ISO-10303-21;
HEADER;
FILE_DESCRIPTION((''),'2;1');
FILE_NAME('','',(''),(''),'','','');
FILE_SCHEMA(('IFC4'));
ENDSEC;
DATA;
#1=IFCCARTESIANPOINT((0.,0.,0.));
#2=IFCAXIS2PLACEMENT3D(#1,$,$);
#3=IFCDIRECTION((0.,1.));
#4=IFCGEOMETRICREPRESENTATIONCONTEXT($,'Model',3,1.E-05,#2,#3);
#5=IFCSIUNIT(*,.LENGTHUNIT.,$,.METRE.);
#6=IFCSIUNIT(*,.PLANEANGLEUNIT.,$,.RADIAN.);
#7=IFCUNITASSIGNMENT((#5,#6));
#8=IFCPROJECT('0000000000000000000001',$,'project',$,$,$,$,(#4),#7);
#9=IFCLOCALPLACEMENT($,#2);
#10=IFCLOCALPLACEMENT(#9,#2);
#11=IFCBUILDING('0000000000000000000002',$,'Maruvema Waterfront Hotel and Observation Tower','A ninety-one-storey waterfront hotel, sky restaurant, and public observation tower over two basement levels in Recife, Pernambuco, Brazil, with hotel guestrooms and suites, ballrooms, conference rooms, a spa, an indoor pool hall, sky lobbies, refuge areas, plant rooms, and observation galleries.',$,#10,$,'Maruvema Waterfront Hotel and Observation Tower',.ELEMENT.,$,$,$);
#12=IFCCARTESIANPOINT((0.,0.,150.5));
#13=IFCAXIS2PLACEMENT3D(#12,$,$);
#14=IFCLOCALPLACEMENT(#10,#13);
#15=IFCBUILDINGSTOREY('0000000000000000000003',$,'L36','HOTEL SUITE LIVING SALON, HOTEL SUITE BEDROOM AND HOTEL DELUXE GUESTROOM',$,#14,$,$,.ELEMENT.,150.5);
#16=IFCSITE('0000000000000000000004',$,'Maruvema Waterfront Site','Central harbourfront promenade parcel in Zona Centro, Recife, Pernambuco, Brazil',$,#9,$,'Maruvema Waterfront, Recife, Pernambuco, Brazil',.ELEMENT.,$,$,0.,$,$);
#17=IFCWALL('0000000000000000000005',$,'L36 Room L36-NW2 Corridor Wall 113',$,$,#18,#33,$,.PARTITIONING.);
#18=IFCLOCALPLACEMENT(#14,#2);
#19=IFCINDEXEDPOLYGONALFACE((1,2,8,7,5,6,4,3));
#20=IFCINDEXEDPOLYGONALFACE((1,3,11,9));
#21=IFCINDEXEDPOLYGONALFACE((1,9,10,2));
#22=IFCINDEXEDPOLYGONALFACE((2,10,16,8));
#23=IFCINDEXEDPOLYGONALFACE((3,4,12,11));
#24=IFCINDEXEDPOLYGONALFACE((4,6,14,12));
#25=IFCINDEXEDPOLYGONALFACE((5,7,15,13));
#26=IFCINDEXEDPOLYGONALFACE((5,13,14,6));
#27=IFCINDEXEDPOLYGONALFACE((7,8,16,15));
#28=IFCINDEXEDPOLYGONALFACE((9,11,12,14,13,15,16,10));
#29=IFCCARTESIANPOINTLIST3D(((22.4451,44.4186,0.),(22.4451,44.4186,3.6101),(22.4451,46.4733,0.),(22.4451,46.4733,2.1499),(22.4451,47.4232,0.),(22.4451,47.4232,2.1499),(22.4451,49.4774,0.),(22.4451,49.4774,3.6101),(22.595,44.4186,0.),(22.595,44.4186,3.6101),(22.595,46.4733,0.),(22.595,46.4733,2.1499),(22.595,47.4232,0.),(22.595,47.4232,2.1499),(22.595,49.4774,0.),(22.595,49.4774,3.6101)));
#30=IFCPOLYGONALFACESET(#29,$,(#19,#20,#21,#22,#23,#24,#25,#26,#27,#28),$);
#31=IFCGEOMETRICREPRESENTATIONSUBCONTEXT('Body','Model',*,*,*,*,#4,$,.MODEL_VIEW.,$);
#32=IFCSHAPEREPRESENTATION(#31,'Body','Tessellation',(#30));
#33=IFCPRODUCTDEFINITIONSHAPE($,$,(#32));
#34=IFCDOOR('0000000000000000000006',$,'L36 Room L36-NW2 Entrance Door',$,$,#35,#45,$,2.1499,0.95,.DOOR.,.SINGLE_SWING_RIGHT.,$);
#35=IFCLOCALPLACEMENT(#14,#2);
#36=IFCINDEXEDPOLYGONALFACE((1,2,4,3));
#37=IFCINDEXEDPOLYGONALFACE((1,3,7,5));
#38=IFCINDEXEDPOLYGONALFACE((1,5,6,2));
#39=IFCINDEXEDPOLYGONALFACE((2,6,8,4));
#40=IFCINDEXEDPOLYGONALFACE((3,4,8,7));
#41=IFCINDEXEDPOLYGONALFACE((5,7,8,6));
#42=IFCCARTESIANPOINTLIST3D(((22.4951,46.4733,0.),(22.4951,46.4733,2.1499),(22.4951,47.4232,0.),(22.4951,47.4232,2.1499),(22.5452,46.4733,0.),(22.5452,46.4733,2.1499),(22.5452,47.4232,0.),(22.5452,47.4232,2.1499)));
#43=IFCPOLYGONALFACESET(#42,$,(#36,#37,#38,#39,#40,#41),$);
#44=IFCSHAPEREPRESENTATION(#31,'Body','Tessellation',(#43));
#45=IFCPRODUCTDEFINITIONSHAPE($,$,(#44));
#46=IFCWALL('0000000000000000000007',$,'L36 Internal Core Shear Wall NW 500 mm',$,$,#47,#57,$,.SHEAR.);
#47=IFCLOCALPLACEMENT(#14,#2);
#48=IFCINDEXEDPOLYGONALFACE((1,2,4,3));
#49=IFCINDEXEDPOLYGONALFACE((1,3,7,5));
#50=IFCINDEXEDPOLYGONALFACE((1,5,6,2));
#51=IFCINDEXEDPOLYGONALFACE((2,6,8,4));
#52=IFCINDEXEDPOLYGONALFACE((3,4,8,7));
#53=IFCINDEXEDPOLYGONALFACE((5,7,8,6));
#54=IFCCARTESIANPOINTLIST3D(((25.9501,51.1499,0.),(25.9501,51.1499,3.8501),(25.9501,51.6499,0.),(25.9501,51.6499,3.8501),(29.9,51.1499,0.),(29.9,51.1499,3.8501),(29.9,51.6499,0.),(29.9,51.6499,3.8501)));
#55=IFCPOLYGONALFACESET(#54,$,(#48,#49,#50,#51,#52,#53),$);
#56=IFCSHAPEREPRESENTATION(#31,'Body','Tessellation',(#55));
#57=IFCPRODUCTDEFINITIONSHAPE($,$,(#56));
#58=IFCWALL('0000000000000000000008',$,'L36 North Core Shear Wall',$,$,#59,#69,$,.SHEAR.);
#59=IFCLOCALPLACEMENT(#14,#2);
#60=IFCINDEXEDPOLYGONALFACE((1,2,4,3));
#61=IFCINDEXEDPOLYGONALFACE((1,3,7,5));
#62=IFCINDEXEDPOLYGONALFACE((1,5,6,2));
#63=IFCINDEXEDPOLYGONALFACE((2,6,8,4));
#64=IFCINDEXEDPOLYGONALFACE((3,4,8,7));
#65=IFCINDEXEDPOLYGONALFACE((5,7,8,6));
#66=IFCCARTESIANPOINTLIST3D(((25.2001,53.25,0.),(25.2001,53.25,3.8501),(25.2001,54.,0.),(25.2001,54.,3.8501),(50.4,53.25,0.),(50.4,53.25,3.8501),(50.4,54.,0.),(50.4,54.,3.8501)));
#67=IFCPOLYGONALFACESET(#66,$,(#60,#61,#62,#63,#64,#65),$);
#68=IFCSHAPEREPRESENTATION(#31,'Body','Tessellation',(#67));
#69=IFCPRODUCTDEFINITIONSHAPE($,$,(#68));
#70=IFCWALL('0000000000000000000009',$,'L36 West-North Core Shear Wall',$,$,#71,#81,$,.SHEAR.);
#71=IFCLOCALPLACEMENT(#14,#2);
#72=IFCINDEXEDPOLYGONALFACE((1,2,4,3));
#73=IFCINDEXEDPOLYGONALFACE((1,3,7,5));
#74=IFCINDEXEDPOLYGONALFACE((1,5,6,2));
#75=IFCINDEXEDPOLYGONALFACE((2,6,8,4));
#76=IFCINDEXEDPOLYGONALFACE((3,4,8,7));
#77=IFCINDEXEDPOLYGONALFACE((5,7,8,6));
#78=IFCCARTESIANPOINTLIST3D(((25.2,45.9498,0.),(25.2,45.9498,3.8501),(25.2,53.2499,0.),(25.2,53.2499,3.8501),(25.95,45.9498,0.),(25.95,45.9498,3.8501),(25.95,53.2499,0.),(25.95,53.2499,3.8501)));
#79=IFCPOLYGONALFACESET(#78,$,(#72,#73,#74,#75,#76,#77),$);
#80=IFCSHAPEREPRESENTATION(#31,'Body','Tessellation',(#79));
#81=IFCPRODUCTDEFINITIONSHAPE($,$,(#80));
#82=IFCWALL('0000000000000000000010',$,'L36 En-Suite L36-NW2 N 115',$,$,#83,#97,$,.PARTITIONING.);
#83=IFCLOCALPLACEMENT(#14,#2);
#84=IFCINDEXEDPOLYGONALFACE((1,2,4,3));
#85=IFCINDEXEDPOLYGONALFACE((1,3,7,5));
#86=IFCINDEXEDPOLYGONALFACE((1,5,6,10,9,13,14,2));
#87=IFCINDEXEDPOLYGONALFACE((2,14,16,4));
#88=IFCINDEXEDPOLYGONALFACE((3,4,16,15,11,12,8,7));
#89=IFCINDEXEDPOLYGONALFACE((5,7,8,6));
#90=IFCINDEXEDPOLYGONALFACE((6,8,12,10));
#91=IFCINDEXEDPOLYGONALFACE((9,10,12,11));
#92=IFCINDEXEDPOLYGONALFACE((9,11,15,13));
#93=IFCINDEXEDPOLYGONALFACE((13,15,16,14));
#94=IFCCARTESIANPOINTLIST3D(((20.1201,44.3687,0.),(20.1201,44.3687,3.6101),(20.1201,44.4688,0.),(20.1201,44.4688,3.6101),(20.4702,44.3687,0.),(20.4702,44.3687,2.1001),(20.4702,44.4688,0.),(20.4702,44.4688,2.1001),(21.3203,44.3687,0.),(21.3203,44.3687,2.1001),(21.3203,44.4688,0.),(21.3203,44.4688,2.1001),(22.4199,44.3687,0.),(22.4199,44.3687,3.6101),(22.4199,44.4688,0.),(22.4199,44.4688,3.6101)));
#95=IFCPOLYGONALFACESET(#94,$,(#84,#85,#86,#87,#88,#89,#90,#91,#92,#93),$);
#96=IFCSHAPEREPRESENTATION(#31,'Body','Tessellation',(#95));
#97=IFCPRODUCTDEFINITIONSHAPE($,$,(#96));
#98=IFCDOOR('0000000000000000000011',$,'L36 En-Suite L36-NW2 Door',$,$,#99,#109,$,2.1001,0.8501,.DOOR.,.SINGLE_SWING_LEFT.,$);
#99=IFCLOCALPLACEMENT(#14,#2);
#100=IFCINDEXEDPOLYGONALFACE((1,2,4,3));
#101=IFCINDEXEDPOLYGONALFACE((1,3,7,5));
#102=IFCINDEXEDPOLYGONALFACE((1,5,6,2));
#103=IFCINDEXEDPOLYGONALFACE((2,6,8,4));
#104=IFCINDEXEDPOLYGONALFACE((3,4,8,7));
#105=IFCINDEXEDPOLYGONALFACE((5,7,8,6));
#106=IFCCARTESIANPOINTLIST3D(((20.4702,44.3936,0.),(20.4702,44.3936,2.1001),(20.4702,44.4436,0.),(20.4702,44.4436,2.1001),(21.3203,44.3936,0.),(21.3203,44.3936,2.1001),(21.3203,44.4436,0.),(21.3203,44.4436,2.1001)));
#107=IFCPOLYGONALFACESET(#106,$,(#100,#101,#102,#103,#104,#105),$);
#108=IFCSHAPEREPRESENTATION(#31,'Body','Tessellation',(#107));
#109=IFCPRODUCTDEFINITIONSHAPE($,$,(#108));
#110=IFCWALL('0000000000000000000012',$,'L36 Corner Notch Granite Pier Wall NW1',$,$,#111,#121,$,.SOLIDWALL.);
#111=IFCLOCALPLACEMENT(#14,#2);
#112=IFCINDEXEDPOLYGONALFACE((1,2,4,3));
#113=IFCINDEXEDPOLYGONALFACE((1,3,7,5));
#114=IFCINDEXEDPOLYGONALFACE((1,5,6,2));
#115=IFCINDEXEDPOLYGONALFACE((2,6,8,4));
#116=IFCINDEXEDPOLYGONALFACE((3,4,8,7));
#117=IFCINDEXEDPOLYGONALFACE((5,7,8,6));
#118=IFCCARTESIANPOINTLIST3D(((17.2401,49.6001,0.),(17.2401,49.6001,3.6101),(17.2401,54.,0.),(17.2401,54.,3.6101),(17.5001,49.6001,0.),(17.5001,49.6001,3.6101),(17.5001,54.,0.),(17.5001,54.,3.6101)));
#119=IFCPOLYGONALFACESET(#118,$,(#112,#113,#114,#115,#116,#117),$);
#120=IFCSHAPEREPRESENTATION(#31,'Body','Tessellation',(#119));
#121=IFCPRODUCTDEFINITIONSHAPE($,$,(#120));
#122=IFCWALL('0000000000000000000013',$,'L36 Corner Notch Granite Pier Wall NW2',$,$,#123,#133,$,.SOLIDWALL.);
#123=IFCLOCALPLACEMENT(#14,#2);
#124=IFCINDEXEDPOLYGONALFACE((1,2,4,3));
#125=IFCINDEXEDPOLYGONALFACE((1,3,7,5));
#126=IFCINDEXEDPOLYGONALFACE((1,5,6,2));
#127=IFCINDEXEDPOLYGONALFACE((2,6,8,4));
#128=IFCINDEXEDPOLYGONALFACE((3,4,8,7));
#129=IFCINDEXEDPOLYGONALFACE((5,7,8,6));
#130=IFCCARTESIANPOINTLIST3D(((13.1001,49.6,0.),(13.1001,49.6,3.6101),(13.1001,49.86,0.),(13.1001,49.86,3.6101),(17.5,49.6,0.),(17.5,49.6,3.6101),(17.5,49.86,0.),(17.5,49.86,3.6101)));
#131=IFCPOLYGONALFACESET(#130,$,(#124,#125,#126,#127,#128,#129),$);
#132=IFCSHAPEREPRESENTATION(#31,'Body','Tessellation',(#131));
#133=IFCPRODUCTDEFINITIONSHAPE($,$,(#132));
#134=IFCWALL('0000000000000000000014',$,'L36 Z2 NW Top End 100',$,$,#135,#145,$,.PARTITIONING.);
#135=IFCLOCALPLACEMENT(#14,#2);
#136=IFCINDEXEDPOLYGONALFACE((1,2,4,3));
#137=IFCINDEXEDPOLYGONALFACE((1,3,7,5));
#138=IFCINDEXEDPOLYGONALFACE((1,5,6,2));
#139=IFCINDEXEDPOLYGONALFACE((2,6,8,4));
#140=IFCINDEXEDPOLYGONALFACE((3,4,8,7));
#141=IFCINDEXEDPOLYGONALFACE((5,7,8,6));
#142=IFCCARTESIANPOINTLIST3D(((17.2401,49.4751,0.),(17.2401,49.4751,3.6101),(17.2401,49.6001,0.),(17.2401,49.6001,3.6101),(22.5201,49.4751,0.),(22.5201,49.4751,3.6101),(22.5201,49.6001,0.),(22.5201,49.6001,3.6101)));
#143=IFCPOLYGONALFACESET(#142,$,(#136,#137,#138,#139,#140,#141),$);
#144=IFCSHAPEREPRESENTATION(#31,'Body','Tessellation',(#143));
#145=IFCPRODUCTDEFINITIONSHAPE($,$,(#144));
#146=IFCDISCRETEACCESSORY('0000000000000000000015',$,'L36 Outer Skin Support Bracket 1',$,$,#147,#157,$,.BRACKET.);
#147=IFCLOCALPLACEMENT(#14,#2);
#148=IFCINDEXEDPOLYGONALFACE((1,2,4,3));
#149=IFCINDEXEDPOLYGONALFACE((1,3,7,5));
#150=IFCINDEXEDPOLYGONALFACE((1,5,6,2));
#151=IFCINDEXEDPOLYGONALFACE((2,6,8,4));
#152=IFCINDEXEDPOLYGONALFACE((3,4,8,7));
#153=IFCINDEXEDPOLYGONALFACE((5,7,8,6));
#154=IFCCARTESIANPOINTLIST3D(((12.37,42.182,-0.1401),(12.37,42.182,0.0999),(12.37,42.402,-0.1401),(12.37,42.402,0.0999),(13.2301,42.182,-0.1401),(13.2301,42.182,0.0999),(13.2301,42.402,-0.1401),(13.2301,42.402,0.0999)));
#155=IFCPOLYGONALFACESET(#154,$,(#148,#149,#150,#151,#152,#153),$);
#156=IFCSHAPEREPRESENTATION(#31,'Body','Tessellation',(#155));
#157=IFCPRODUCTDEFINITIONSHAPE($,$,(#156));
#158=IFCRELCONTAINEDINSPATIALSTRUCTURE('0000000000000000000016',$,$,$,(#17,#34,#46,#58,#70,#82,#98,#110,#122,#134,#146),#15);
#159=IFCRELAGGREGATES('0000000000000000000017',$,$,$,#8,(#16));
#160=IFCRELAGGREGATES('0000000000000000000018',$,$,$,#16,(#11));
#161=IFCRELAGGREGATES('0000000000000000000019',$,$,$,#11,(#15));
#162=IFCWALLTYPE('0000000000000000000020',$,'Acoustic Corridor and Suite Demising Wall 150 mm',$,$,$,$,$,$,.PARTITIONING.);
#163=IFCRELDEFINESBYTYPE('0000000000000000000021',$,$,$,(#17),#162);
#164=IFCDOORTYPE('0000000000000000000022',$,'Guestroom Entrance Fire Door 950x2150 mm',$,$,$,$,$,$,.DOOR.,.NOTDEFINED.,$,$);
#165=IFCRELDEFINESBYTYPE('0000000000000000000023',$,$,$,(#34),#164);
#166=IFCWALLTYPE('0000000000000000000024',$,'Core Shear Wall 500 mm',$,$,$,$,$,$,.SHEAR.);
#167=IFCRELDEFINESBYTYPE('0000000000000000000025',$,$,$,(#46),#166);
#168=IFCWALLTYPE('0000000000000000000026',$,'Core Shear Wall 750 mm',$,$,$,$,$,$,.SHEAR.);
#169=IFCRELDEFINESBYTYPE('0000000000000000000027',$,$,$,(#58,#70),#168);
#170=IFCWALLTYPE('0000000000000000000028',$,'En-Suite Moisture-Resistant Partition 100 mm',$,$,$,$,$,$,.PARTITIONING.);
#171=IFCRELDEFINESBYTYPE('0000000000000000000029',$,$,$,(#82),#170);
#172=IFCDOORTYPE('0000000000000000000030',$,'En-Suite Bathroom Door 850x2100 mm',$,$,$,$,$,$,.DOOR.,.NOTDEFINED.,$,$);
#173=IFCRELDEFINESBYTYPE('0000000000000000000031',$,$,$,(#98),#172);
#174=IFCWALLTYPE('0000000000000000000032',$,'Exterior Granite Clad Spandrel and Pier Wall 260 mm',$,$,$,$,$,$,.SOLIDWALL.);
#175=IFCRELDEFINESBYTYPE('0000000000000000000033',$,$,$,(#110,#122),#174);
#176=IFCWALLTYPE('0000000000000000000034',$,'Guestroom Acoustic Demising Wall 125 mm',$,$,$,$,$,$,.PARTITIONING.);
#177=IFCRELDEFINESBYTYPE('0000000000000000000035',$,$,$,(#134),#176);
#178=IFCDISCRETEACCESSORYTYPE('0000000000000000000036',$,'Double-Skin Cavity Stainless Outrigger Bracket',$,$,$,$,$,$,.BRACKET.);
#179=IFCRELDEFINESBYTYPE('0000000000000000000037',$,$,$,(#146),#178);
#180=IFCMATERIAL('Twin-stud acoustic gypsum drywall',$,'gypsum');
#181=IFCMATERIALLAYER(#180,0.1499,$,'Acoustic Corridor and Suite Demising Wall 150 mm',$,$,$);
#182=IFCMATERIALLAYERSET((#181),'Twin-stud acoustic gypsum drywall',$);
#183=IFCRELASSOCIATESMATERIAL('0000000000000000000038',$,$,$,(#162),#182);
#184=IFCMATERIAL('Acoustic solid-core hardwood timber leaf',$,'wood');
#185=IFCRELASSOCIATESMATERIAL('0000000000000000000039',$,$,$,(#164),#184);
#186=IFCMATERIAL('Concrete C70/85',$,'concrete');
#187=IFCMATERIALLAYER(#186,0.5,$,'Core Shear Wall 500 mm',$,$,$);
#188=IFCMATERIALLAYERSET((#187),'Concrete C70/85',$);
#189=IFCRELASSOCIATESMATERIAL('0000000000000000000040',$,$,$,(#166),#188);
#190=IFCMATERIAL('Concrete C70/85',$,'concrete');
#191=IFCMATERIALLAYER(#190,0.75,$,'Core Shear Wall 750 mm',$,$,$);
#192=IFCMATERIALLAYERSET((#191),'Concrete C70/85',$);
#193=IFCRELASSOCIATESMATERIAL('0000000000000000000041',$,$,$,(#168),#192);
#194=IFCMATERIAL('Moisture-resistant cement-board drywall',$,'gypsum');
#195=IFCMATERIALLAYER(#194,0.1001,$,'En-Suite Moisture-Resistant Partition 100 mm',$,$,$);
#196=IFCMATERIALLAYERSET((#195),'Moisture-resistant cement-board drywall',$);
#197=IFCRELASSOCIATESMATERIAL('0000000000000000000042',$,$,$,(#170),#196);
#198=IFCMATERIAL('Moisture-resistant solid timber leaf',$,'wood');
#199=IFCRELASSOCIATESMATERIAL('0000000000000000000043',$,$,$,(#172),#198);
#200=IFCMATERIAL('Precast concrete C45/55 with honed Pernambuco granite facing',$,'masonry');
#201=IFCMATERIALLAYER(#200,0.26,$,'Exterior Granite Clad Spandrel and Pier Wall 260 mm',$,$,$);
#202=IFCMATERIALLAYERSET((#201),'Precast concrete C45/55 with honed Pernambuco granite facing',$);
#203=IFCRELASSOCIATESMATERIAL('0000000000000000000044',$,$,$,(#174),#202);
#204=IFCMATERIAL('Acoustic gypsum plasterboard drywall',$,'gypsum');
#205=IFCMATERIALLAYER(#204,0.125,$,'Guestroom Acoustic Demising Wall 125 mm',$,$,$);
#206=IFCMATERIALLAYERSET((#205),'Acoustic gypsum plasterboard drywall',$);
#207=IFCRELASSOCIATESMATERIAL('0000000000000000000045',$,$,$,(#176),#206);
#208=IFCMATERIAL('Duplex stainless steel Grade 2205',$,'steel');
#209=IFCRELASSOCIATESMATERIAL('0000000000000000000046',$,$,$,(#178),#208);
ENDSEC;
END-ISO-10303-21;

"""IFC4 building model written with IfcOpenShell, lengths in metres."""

from ifc_helpers import new_model, si_unit, direction, frame, frame_2d, origin, origin_2d, place, context, subcontext, project, spatial, rectangle, extrude, material, layer, layer_set, type_object, element, fill, save


model = new_model("IFC4")

# Units and contexts
model_context = context("Model", 3, precision=1e-05, world=origin(), true_north=direction((0.0, 1.0)))
body_context = subcontext(model_context, "Body", "Model", "MODEL_VIEW")
ifc_project = project(units=[si_unit("LENGTHUNIT", "METRE"), si_unit("PLANEANGLEUNIT", "RADIAN")], contexts=[model_context])

# Site, building, storey
site_placement = place(None, origin())
site = spatial("IfcSite", under=ifc_project, at=site_placement, Name="Maruvema Waterfront Site", Description="Central harbourfront promenade parcel in Zona Centro, Recife, Pernambuco, Brazil", LongName="Maruvema Waterfront, Recife, Pernambuco, Brazil", CompositionType="ELEMENT", RefElevation=0.0)
building_placement = place(site_placement, origin())
building = spatial("IfcBuilding", under=site, at=building_placement, Name="Maruvema Waterfront Hotel and Observation Tower", Description="A ninety-one-storey waterfront hotel, sky restaurant, and public observation tower over two basement levels in Recife, Pernambuco, Brazil, with hotel guestrooms and suites, ballrooms, conference rooms, a spa, an indoor pool hall, sky lobbies, refuge areas, plant rooms, and observation galleries.", LongName="Maruvema Waterfront Hotel and Observation Tower", CompositionType="ELEMENT")
storey_placement = place(building_placement, frame((0.0, 0.0, 150.5)))
storey = spatial("IfcBuildingStorey", under=building, at=storey_placement, Name="L36", Description="HOTEL SUITE LIVING SALON, HOTEL SUITE BEDROOM AND HOTEL DELUXE GUESTROOM", CompositionType="ELEMENT", Elevation=150.5)

# Wall, opening, door
ifc_material_1 = material(Name="Twin-stud acoustic gypsum drywall", Category="gypsum")
ifc_layer_1 = layer(ifc_material_1, 0.1499, Name="Acoustic Corridor and Suite Demising Wall 150 mm")
ifc_layer_set_1 = layer_set([ifc_layer_1], Name="Twin-stud acoustic gypsum drywall")
wall_type_1 = type_object("IfcWallType", Name="Acoustic Corridor and Suite Demising Wall 150 mm", PredefinedType="PARTITIONING", material=ifc_layer_set_1)
wall_1_placement = place(storey_placement, frame((22.52, 44.4187, 0.0), z_axis=(0.0, 0.0, 1.0), x_axis=(0.0, 1.0, 0.0)))
wall_1 = element("IfcWall", 1, at=wall_1_placement, inside=storey, type_object=wall_type_1, Name="L36 Room L36-NW2 Corridor Wall 113", PredefinedType="PARTITIONING", context=body_context, shape_type="SweptSolid", body=[
    extrude(rectangle(XDim=5.0588, YDim=0.1499, at=frame_2d((2.5293, 0.0))), origin(), (0.0, 0.0, 1.0), 3.6101),
])
opening_1_placement = place(wall_1_placement, frame((2.0544, 0.0, 0.0)))
opening_1 = element("IfcOpeningElement", 2, at=opening_1_placement, cuts=wall_1, PredefinedType="OPENING", context=body_context, shape_type="SweptSolid", body=[
    extrude(rectangle(XDim=0.95, YDim=2.1499, at=frame_2d((0.4751, 1.075))), frame((0.0, 0.085, 0.0), z_axis=(0.0, -1.0, 0.0), x_axis=(1.0, 0.0, 0.0)), (0.0, 0.0, 1.0), 0.1699),
])
ifc_material_2 = material(Name="Acoustic solid-core hardwood timber leaf", Category="wood")
door_type_1 = type_object("IfcDoorType", Name="Guestroom Entrance Fire Door 950x2150 mm", OperationType="NOTDEFINED", PredefinedType="DOOR", material=ifc_material_2)
door_1_placement = place(opening_1_placement, origin())
door_1 = element("IfcDoor", 3, at=door_1_placement, inside=storey, type_object=door_type_1, Name="L36 Room L36-NW2 Entrance Door", OperationType="SINGLE_SWING_RIGHT", OverallHeight=2.1499, OverallWidth=0.95, PredefinedType="DOOR", context=body_context, shape_type="SweptSolid", body=[
    extrude(rectangle(XDim=0.95, YDim=2.1499, at=frame_2d((0.4751, 1.075))), frame((0.0, 0.0249, 0.0), z_axis=(0.0, -1.0, 0.0), x_axis=(1.0, 0.0, 0.0)), (0.0, 0.0, 1.0), 0.05),
])
fill(opening_1, door_1)

# Walls
ifc_material_3 = material(Name="Concrete C70/85", Category="concrete")
ifc_layer_2 = layer(ifc_material_3, 0.5, Name="Core Shear Wall 500 mm")
ifc_layer_set_2 = layer_set([ifc_layer_2], Name="Concrete C70/85")
wall_type_2 = type_object("IfcWallType", Name="Core Shear Wall 500 mm", PredefinedType="SHEAR", material=ifc_layer_set_2)
wall_2_placement = place(storey_placement, frame((25.95, 51.3999, 0.0), z_axis=(0.0, 0.0, 1.0), x_axis=(1.0, 0.0, 0.0)))
element("IfcWall", 4, at=wall_2_placement, inside=storey, type_object=wall_type_2, Name="L36 Internal Core Shear Wall NW 500 mm", PredefinedType="SHEAR", context=body_context, shape_type="SweptSolid", body=[
    extrude(rectangle(XDim=3.95, YDim=0.5, at=frame_2d((1.9751, 0.0))), origin(), (0.0, 0.0, 1.0), 3.8501),
])
ifc_material_4 = material(Name="Concrete C70/85", Category="concrete")
ifc_layer_3 = layer(ifc_material_4, 0.75, Name="Core Shear Wall 750 mm")
ifc_layer_set_3 = layer_set([ifc_layer_3], Name="Concrete C70/85")
wall_type_3 = type_object("IfcWallType", Name="Core Shear Wall 750 mm", PredefinedType="SHEAR", material=ifc_layer_set_3)
wall_3_placement = place(storey_placement, frame((25.2, 53.625, 0.0), z_axis=(0.0, 0.0, 1.0), x_axis=(1.0, 0.0, 0.0)))
element("IfcWall", 5, at=wall_3_placement, inside=storey, type_object=wall_type_3, Name="L36 North Core Shear Wall", PredefinedType="SHEAR", context=body_context, shape_type="SweptSolid", body=[
    extrude(rectangle(XDim=25.2, YDim=0.75, at=frame_2d((12.6001, 0.0))), origin(), (0.0, 0.0, 1.0), 3.8501),
])
wall_4_placement = place(storey_placement, frame((25.575, 45.95, 0.0), z_axis=(0.0, 0.0, 1.0), x_axis=(0.0, 1.0, 0.0)))
element("IfcWall", 6, at=wall_4_placement, inside=storey, type_object=wall_type_3, Name="L36 West-North Core Shear Wall", PredefinedType="SHEAR", context=body_context, shape_type="SweptSolid", body=[
    extrude(rectangle(XDim=7.3, YDim=0.75, at=frame_2d((3.6499, 0.0))), origin(), (0.0, 0.0, 1.0), 3.8501),
])

# Wall, opening, door
ifc_material_5 = material(Name="Moisture-resistant cement-board drywall", Category="gypsum")
ifc_layer_4 = layer(ifc_material_5, 0.1001, Name="En-Suite Moisture-Resistant Partition 100 mm")
ifc_layer_set_4 = layer_set([ifc_layer_4], Name="Moisture-resistant cement-board drywall")
wall_type_4 = type_object("IfcWallType", Name="En-Suite Moisture-Resistant Partition 100 mm", PredefinedType="PARTITIONING", material=ifc_layer_set_4)
wall_5_placement = place(storey_placement, frame((20.1201, 44.4187, 0.0), z_axis=(0.0, 0.0, 1.0), x_axis=(1.0, 0.0, 0.0)))
wall_5 = element("IfcWall", 7, at=wall_5_placement, inside=storey, type_object=wall_type_4, Name="L36 En-Suite L36-NW2 N 115", PredefinedType="PARTITIONING", context=body_context, shape_type="SweptSolid", body=[
    extrude(rectangle(XDim=2.2998, YDim=0.1001, at=frame_2d((1.1499, 0.0))), origin(), (0.0, 0.0, 1.0), 3.6101),
])
opening_2_placement = place(wall_5_placement, frame((0.3501, 0.0, 0.0)))
opening_2 = element("IfcOpeningElement", 8, at=opening_2_placement, cuts=wall_5, PredefinedType="OPENING", context=body_context, shape_type="SweptSolid", body=[
    extrude(rectangle(XDim=0.8501, YDim=2.1001, at=frame_2d((0.425, 1.05))), frame((0.0, 0.0601, 0.0), z_axis=(0.0, -1.0, 0.0), x_axis=(1.0, 0.0, 0.0)), (0.0, 0.0, 1.0), 0.1201),
])
ifc_material_6 = material(Name="Moisture-resistant solid timber leaf", Category="wood")
door_type_2 = type_object("IfcDoorType", Name="En-Suite Bathroom Door 850x2100 mm", OperationType="NOTDEFINED", PredefinedType="DOOR", material=ifc_material_6)
door_2_placement = place(opening_2_placement, origin())
door_2 = element("IfcDoor", 9, at=door_2_placement, inside=storey, type_object=door_type_2, Name="L36 En-Suite L36-NW2 Door", OperationType="SINGLE_SWING_LEFT", OverallHeight=2.1001, OverallWidth=0.8501, PredefinedType="DOOR", context=body_context, shape_type="SweptSolid", body=[
    extrude(rectangle(XDim=0.8501, YDim=2.1001, at=frame_2d((0.425, 1.05))), frame((0.0, 0.0249, 0.0), z_axis=(0.0, -1.0, 0.0), x_axis=(1.0, 0.0, 0.0)), (0.0, 0.0, 1.0), 0.05),
])
fill(opening_2, door_2)

# Walls
ifc_material_7 = material(Name="Precast concrete C45/55 with honed Pernambuco granite facing", Category="masonry")
ifc_layer_5 = layer(ifc_material_7, 0.26, Name="Exterior Granite Clad Spandrel and Pier Wall 260 mm")
ifc_layer_set_5 = layer_set([ifc_layer_5], Name="Precast concrete C45/55 with honed Pernambuco granite facing")
wall_type_5 = type_object("IfcWallType", Name="Exterior Granite Clad Spandrel and Pier Wall 260 mm", PredefinedType="SOLIDWALL", material=ifc_layer_set_5)
for number, where, z_axis, x_axis, name in (
    (10, (17.3701, 49.6001, 0.0), (0.0, 0.0, 1.0), (0.0, 1.0, 0.0), "L36 Corner Notch Granite Pier Wall NW1"),
    (11, (13.1001, 49.73, 0.0), (0.0, 0.0, 1.0), (1.0, 0.0, 0.0), "L36 Corner Notch Granite Pier Wall NW2"),
):
    element("IfcWall", number, at=place(storey_placement, frame(where, z_axis=z_axis, x_axis=x_axis)), inside=storey, type_object=wall_type_5, Name=name, PredefinedType="SOLIDWALL", context=body_context, shape_type="SweptSolid", body=[
        extrude(rectangle(XDim=4.3999, YDim=0.26, at=frame_2d((2.2, 0.0))), origin(), (0.0, 0.0, 1.0), 3.6101),
    ])
ifc_material_8 = material(Name="Acoustic gypsum plasterboard drywall", Category="gypsum")
ifc_layer_6 = layer(ifc_material_8, 0.125, Name="Guestroom Acoustic Demising Wall 125 mm")
ifc_layer_set_6 = layer_set([ifc_layer_6], Name="Acoustic gypsum plasterboard drywall")
wall_type_6 = type_object("IfcWallType", Name="Guestroom Acoustic Demising Wall 125 mm", PredefinedType="PARTITIONING", material=ifc_layer_set_6)
wall_6_placement = place(storey_placement, frame((17.24, 49.5376, 0.0), z_axis=(0.0, 0.0, 1.0), x_axis=(1.0, 0.0, 0.0)))
element("IfcWall", 12, at=wall_6_placement, inside=storey, type_object=wall_type_6, Name="L36 Z2 NW Top End 100", PredefinedType="PARTITIONING", context=body_context, shape_type="SweptSolid", body=[
    extrude(rectangle(XDim=5.28, YDim=0.125, at=frame_2d((2.6401, 0.0))), origin(), (0.0, 0.0, 1.0), 3.6101),
])

# Discrete accessory
ifc_material_9 = material(Name="Duplex stainless steel Grade 2205", Category="steel")
discrete_accessory_type = type_object("IfcDiscreteAccessoryType", Name="Double-Skin Cavity Stainless Outrigger Bracket", PredefinedType="BRACKET", material=ifc_material_9)
discrete_accessory_placement = place(storey_placement, frame((12.8, 42.292, -0.1401), z_axis=(0.0, 0.0, 1.0), x_axis=(0.0, -1.0, 0.0)))
element("IfcDiscreteAccessory", 13, at=discrete_accessory_placement, inside=storey, type_object=discrete_accessory_type, Name="L36 Outer Skin Support Bracket 1", PredefinedType="BRACKET", context=body_context, shape_type="SweptSolid", body=[
    extrude(rectangle(XDim=0.22, YDim=0.8601, at=origin_2d()), origin(), (0.0, 0.0, 1.0), 0.24),
])

save(model, "model.ifc")
